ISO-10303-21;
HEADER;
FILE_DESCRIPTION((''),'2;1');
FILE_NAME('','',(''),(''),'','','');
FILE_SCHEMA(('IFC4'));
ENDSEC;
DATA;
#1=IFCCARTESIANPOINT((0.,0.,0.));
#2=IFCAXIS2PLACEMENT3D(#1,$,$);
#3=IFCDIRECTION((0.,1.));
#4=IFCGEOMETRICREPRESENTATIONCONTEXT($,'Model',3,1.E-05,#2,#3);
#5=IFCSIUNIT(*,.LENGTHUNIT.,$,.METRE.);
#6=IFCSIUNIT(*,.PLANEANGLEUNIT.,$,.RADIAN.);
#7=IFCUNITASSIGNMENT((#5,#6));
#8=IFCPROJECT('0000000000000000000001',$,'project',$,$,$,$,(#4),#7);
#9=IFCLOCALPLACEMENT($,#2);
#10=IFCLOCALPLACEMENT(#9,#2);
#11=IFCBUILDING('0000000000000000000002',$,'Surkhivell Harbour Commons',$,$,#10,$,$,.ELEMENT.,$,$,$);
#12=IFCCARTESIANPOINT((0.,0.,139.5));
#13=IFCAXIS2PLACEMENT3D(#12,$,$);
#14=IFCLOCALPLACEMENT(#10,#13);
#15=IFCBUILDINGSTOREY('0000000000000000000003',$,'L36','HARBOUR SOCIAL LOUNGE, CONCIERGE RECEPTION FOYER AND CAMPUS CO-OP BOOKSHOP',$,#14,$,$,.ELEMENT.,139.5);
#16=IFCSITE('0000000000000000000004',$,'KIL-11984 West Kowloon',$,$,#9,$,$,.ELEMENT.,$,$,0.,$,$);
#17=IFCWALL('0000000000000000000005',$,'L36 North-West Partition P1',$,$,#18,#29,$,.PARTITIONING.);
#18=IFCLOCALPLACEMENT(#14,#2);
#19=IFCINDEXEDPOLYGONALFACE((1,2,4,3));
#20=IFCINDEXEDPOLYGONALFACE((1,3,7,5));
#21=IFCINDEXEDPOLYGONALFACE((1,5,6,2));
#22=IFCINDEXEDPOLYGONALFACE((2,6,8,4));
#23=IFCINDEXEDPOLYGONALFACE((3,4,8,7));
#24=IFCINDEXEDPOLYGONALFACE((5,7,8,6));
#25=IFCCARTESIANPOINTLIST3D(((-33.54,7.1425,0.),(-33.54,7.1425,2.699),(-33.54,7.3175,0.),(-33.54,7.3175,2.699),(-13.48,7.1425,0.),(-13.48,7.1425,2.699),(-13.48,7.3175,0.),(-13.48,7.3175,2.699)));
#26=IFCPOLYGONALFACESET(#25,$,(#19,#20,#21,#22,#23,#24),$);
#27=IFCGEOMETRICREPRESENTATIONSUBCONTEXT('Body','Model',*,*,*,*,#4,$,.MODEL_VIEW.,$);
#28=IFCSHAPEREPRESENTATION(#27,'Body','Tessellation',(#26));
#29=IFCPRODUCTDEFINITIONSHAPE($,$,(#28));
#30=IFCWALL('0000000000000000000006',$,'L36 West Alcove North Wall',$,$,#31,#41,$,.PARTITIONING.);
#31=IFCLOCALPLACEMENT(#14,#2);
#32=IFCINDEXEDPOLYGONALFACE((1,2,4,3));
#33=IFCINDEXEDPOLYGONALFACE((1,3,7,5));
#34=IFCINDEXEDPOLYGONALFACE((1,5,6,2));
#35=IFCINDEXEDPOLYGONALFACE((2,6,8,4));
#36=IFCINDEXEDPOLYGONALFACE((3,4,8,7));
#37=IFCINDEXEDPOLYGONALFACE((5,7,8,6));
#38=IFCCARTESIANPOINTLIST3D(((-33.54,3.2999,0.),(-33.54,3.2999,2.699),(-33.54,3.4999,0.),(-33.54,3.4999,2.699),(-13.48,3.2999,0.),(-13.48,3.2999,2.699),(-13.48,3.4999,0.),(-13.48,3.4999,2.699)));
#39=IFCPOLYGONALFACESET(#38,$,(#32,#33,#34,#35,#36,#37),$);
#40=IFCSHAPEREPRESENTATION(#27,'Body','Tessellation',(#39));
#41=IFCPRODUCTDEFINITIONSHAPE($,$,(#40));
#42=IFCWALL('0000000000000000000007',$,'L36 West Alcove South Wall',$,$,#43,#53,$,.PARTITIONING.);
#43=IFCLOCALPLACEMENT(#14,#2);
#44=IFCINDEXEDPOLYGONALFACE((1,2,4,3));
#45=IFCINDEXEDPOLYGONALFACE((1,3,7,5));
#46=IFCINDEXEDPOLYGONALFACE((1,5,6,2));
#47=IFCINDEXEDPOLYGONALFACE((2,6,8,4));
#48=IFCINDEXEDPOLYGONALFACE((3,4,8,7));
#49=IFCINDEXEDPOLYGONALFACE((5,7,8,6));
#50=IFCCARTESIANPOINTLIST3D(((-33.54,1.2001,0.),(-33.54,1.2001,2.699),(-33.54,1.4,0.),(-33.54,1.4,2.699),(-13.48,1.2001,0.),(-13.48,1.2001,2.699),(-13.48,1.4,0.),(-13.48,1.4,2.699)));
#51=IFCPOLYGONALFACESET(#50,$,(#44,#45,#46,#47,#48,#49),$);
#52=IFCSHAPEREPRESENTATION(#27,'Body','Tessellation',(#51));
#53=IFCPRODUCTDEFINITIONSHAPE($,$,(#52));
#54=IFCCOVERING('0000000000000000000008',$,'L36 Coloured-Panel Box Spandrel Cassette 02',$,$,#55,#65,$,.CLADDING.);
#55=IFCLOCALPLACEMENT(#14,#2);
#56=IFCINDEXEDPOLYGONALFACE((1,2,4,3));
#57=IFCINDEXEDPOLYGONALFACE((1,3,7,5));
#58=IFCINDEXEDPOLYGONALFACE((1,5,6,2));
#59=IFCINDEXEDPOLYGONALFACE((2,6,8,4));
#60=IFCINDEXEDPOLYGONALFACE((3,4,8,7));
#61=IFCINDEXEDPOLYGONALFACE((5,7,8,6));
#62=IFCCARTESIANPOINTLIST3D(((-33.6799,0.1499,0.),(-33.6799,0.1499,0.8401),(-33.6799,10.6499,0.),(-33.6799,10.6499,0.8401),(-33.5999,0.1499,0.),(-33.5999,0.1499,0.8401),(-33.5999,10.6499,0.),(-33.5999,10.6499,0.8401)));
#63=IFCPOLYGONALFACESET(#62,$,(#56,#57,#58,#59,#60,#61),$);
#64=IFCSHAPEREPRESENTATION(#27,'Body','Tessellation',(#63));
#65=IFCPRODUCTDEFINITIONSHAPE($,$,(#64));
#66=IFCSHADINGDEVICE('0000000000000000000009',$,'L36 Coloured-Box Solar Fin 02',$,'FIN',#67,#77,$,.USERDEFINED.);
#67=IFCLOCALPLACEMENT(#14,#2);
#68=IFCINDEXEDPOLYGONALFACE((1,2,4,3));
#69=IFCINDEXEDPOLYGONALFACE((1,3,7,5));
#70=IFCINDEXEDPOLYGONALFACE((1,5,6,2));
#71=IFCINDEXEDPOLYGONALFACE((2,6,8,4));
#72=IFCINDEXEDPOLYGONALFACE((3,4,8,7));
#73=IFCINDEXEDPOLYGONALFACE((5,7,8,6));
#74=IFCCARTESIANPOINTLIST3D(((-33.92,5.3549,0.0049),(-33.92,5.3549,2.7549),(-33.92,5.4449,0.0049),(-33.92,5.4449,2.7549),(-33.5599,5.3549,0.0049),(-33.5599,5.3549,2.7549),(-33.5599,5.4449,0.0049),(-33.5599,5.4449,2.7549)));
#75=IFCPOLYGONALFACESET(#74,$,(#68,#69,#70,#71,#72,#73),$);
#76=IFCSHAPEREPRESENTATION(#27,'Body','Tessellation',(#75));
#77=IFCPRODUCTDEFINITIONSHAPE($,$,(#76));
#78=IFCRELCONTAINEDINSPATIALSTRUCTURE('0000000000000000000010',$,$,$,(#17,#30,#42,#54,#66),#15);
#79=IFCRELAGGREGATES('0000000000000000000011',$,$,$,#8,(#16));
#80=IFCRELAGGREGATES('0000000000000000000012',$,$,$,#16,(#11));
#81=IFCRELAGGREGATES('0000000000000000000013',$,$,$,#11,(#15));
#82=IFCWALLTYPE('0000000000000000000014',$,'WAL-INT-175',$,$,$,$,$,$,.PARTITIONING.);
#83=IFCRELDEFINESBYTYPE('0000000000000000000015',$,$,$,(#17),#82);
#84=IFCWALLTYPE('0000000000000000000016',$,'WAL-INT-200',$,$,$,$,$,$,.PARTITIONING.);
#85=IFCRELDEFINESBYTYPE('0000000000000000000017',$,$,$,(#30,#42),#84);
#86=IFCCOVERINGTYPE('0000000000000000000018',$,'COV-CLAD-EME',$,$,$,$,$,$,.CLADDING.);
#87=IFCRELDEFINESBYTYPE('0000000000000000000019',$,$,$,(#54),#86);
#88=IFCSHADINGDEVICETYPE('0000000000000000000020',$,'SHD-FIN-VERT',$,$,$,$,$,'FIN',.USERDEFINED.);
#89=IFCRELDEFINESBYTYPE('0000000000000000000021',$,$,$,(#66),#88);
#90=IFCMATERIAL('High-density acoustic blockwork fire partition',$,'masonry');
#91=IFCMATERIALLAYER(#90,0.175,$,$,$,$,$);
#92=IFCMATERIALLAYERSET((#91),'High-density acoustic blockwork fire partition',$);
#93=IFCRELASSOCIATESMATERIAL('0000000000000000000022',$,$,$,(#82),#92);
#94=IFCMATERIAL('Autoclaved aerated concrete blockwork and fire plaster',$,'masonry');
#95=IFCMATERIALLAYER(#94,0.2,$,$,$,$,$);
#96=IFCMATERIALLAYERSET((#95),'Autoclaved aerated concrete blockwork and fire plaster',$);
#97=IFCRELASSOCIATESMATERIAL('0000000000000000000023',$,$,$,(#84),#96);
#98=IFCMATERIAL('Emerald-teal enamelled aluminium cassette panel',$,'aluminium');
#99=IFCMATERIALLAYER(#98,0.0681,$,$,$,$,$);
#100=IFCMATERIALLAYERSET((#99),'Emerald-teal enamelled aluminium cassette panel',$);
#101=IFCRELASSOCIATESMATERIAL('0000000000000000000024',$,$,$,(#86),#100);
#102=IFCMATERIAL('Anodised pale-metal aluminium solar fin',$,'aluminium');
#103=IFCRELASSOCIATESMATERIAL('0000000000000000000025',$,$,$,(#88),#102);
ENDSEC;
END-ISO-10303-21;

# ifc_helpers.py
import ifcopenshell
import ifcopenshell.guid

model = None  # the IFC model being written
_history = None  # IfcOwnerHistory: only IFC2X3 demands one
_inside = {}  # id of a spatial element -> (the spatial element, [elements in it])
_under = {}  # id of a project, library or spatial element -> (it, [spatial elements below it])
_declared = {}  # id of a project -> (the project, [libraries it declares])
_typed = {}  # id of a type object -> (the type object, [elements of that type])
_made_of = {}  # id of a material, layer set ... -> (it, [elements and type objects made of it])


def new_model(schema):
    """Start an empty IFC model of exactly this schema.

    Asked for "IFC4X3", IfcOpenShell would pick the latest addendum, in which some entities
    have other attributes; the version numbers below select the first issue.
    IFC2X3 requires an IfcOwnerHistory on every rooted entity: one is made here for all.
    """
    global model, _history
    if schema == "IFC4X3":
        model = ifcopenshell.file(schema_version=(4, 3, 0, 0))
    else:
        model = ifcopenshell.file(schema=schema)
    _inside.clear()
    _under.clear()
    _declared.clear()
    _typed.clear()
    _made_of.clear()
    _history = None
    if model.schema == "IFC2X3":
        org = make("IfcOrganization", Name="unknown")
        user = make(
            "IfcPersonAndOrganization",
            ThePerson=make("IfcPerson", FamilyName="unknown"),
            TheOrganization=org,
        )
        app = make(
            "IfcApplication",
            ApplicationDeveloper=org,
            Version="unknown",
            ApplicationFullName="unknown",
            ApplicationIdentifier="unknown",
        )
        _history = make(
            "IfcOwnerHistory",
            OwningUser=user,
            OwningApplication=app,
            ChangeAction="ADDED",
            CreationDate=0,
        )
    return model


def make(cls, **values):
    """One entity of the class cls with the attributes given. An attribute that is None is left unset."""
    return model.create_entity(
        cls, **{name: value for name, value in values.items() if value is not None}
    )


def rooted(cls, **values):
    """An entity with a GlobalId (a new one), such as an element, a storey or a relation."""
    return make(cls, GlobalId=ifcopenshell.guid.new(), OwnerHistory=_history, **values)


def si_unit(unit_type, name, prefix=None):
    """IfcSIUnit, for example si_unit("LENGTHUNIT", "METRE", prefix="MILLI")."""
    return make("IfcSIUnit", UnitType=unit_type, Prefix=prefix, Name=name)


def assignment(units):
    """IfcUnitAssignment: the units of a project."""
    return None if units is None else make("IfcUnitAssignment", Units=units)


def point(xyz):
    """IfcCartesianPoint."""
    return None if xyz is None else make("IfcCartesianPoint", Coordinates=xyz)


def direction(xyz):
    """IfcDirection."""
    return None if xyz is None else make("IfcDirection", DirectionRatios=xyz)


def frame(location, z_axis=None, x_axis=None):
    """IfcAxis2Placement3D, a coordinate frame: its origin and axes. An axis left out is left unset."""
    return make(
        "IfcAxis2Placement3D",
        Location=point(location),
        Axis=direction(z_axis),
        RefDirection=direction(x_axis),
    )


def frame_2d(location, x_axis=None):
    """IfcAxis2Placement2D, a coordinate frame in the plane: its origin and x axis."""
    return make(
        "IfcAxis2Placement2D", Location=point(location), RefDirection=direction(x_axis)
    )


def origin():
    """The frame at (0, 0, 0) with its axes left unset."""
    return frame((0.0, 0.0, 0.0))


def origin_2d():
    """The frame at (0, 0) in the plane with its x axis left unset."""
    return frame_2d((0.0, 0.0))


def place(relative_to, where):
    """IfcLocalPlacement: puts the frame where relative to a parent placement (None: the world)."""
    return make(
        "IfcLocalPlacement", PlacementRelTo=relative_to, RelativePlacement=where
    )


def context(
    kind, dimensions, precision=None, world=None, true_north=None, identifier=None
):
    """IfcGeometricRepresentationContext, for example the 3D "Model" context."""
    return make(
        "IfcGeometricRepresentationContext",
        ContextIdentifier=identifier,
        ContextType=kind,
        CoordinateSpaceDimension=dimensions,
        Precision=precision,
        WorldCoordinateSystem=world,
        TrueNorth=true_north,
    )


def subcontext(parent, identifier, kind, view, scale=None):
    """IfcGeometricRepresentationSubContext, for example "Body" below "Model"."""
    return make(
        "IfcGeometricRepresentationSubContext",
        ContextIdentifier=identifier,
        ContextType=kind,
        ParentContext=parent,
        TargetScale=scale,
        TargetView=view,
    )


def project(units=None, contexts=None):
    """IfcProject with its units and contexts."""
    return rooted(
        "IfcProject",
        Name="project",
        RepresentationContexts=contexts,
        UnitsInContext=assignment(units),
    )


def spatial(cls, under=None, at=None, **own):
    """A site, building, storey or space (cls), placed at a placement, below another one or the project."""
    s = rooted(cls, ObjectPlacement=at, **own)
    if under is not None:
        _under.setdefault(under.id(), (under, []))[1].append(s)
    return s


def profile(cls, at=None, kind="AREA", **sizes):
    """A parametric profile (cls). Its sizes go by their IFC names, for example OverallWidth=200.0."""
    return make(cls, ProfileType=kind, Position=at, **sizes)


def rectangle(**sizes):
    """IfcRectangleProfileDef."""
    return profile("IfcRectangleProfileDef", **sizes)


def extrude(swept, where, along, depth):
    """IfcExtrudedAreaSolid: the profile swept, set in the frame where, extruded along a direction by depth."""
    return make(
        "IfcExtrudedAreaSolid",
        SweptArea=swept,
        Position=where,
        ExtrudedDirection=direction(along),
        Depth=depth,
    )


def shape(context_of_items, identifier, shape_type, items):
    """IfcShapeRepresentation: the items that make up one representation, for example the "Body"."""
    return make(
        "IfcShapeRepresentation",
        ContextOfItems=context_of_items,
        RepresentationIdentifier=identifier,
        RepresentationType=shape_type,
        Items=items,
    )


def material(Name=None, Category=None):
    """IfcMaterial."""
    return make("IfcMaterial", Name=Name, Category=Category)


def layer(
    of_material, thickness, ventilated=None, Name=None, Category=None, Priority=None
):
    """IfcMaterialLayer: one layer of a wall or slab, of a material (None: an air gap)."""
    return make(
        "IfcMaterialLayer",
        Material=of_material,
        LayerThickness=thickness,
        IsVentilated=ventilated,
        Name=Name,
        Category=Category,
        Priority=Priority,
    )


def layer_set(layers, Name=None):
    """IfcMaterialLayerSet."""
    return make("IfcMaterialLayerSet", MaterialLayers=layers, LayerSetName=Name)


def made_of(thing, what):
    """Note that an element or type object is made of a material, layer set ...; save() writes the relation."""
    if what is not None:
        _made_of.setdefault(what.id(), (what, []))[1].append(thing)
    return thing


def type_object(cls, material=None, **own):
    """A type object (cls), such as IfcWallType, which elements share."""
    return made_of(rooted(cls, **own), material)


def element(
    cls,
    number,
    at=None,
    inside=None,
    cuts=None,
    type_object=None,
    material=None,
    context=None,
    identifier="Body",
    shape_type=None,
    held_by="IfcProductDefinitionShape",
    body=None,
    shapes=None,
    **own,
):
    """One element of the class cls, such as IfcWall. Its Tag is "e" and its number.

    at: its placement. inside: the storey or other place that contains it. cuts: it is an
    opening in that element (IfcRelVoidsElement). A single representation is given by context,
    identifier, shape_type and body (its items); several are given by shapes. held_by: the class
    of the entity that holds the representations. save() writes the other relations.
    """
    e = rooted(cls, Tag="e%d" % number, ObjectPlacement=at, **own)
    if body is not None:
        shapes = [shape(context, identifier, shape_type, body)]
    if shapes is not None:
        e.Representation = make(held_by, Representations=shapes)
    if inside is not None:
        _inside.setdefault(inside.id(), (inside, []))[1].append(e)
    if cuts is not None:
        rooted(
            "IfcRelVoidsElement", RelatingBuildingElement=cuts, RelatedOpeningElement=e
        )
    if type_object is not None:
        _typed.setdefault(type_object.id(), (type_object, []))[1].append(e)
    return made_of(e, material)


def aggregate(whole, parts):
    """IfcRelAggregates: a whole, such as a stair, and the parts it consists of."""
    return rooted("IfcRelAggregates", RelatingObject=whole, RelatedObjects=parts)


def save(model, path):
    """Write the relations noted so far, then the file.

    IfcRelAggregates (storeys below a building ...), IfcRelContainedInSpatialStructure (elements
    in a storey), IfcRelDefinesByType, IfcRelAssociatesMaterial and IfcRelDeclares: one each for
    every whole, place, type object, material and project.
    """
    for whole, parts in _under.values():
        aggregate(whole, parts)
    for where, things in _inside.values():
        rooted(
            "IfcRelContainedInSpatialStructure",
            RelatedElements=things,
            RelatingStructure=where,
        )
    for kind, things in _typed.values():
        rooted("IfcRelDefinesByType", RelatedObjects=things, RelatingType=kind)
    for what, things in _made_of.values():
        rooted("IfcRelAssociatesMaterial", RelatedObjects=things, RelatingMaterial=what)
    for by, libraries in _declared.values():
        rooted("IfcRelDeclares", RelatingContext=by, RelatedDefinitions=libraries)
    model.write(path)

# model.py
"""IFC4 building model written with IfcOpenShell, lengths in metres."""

from ifc_helpers import new_model, si_unit, direction, frame, frame_2d, origin, origin_2d, place, context, subcontext, project, spatial, rectangle, extrude, material, layer, layer_set, type_object, element, save


model = new_model("IFC4")

# Units and contexts
model_context = context("Model", 3, precision=1e-05, world=origin(), true_north=direction((0.0, 1.0)))
body_context = subcontext(model_context, "Body", "Model", "MODEL_VIEW")
ifc_project = project(units=[si_unit("LENGTHUNIT", "METRE"), si_unit("PLANEANGLEUNIT", "RADIAN")], contexts=[model_context])

# Site, building, storey
site_placement = place(None, origin())
site = spatial("IfcSite", under=ifc_project, at=site_placement, Name="KIL-11984 West Kowloon", CompositionType="ELEMENT", RefElevation=0.0)
building_placement = place(site_placement, origin())
building = spatial("IfcBuilding", under=site, at=building_placement, Name="Surkhivell Harbour Commons", CompositionType="ELEMENT")
storey_placement = place(building_placement, frame((0.0, 0.0, 139.5)))
storey = spatial("IfcBuildingStorey", under=building, at=storey_placement, Name="L36", Description="HARBOUR SOCIAL LOUNGE, CONCIERGE RECEPTION FOYER AND CAMPUS CO-OP BOOKSHOP", CompositionType="ELEMENT", Elevation=139.5)

# Walls
ifc_material_1 = material(Name="High-density acoustic blockwork fire partition", Category="masonry")
ifc_layer_1 = layer(ifc_material_1, 0.175)
ifc_layer_set_1 = layer_set([ifc_layer_1], Name="High-density acoustic blockwork fire partition")
wall_type_1 = type_object("IfcWallType", Name="WAL-INT-175", PredefinedType="PARTITIONING", material=ifc_layer_set_1)
wall_1_placement = place(storey_placement, frame((-33.54, 7.23, 0.0), z_axis=(0.0, 0.0, 1.0), x_axis=(1.0, 0.0, 0.0)))
element("IfcWall", 1, at=wall_1_placement, inside=storey, type_object=wall_type_1, Name="L36 North-West Partition P1", PredefinedType="PARTITIONING", context=body_context, shape_type="SweptSolid", body=[
    extrude(rectangle(XDim=20.0601, YDim=0.175, at=frame_2d((10.03, 0.0))), origin(), (0.0, 0.0, 1.0), 2.699),
])
ifc_material_2 = material(Name="Autoclaved aerated concrete blockwork and fire plaster", Category="masonry")
ifc_layer_2 = layer(ifc_material_2, 0.2)
ifc_layer_set_2 = layer_set([ifc_layer_2], Name="Autoclaved aerated concrete blockwork and fire plaster")
wall_type_2 = type_object("IfcWallType", Name="WAL-INT-200", PredefinedType="PARTITIONING", material=ifc_layer_set_2)
for number, where, z_axis, x_axis, name in (
    (2, (-33.54, 3.3999, 0.0), (0.0, 0.0, 1.0), (1.0, 0.0, 0.0), "L36 West Alcove North Wall"),
    (3, (-33.54, 1.3, 0.0), (0.0, 0.0, 1.0), (1.0, 0.0, 0.0), "L36 West Alcove South Wall"),
):
    element("IfcWall", number, at=place(storey_placement, frame(where, z_axis=z_axis, x_axis=x_axis)), inside=storey, type_object=wall_type_2, Name=name, PredefinedType="PARTITIONING", context=body_context, shape_type="SweptSolid", body=[
        extrude(rectangle(XDim=20.0601, YDim=0.2, at=frame_2d((10.03, 0.0))), origin(), (0.0, 0.0, 1.0), 2.699),
    ])

# Covering
ifc_material_3 = material(Name="Emerald-teal enamelled aluminium cassette panel", Category="aluminium")
ifc_layer_3 = layer(ifc_material_3, 0.0681)
ifc_layer_set_3 = layer_set([ifc_layer_3], Name="Emerald-teal enamelled aluminium cassette panel")
covering_type = type_object("IfcCoveringType", Name="COV-CLAD-EME", PredefinedType="CLADDING", material=ifc_layer_set_3)
covering_placement = place(storey_placement, frame((-33.6399, 5.3999, 0.0), z_axis=(0.0, 0.0, 1.0), x_axis=(1.0, 0.0, 0.0)))
element("IfcCovering", 4, at=covering_placement, inside=storey, type_object=covering_type, Name="L36 Coloured-Panel Box Spandrel Cassette 02", PredefinedType="CLADDING", context=body_context, shape_type="SweptSolid", body=[
    extrude(rectangle(XDim=0.0801, YDim=10.5, at=origin_2d()), origin(), (0.0, 0.0, 1.0), 0.8401),
])

# Shading device
ifc_material_4 = material(Name="Anodised pale-metal aluminium solar fin", Category="aluminium")
shading_device_type = type_object("IfcShadingDeviceType", Name="SHD-FIN-VERT", ElementType="FIN", PredefinedType="USERDEFINED", material=ifc_material_4)
shading_device_placement = place(storey_placement, frame((-33.74, 5.3999, 0.0049), z_axis=(0.0, 0.0, 1.0), x_axis=(1.0, 0.0, 0.0)))
element("IfcShadingDevice", 5, at=shading_device_placement, inside=storey, type_object=shading_device_type, Name="L36 Coloured-Box Solar Fin 02", ObjectType="FIN", PredefinedType="USERDEFINED", context=body_context, shape_type="SweptSolid", body=[
    extrude(rectangle(XDim=0.3601, YDim=0.0901, at=origin_2d()), origin(), (0.0, 0.0, 1.0), 2.75),
])

save(model, "model.ifc")
